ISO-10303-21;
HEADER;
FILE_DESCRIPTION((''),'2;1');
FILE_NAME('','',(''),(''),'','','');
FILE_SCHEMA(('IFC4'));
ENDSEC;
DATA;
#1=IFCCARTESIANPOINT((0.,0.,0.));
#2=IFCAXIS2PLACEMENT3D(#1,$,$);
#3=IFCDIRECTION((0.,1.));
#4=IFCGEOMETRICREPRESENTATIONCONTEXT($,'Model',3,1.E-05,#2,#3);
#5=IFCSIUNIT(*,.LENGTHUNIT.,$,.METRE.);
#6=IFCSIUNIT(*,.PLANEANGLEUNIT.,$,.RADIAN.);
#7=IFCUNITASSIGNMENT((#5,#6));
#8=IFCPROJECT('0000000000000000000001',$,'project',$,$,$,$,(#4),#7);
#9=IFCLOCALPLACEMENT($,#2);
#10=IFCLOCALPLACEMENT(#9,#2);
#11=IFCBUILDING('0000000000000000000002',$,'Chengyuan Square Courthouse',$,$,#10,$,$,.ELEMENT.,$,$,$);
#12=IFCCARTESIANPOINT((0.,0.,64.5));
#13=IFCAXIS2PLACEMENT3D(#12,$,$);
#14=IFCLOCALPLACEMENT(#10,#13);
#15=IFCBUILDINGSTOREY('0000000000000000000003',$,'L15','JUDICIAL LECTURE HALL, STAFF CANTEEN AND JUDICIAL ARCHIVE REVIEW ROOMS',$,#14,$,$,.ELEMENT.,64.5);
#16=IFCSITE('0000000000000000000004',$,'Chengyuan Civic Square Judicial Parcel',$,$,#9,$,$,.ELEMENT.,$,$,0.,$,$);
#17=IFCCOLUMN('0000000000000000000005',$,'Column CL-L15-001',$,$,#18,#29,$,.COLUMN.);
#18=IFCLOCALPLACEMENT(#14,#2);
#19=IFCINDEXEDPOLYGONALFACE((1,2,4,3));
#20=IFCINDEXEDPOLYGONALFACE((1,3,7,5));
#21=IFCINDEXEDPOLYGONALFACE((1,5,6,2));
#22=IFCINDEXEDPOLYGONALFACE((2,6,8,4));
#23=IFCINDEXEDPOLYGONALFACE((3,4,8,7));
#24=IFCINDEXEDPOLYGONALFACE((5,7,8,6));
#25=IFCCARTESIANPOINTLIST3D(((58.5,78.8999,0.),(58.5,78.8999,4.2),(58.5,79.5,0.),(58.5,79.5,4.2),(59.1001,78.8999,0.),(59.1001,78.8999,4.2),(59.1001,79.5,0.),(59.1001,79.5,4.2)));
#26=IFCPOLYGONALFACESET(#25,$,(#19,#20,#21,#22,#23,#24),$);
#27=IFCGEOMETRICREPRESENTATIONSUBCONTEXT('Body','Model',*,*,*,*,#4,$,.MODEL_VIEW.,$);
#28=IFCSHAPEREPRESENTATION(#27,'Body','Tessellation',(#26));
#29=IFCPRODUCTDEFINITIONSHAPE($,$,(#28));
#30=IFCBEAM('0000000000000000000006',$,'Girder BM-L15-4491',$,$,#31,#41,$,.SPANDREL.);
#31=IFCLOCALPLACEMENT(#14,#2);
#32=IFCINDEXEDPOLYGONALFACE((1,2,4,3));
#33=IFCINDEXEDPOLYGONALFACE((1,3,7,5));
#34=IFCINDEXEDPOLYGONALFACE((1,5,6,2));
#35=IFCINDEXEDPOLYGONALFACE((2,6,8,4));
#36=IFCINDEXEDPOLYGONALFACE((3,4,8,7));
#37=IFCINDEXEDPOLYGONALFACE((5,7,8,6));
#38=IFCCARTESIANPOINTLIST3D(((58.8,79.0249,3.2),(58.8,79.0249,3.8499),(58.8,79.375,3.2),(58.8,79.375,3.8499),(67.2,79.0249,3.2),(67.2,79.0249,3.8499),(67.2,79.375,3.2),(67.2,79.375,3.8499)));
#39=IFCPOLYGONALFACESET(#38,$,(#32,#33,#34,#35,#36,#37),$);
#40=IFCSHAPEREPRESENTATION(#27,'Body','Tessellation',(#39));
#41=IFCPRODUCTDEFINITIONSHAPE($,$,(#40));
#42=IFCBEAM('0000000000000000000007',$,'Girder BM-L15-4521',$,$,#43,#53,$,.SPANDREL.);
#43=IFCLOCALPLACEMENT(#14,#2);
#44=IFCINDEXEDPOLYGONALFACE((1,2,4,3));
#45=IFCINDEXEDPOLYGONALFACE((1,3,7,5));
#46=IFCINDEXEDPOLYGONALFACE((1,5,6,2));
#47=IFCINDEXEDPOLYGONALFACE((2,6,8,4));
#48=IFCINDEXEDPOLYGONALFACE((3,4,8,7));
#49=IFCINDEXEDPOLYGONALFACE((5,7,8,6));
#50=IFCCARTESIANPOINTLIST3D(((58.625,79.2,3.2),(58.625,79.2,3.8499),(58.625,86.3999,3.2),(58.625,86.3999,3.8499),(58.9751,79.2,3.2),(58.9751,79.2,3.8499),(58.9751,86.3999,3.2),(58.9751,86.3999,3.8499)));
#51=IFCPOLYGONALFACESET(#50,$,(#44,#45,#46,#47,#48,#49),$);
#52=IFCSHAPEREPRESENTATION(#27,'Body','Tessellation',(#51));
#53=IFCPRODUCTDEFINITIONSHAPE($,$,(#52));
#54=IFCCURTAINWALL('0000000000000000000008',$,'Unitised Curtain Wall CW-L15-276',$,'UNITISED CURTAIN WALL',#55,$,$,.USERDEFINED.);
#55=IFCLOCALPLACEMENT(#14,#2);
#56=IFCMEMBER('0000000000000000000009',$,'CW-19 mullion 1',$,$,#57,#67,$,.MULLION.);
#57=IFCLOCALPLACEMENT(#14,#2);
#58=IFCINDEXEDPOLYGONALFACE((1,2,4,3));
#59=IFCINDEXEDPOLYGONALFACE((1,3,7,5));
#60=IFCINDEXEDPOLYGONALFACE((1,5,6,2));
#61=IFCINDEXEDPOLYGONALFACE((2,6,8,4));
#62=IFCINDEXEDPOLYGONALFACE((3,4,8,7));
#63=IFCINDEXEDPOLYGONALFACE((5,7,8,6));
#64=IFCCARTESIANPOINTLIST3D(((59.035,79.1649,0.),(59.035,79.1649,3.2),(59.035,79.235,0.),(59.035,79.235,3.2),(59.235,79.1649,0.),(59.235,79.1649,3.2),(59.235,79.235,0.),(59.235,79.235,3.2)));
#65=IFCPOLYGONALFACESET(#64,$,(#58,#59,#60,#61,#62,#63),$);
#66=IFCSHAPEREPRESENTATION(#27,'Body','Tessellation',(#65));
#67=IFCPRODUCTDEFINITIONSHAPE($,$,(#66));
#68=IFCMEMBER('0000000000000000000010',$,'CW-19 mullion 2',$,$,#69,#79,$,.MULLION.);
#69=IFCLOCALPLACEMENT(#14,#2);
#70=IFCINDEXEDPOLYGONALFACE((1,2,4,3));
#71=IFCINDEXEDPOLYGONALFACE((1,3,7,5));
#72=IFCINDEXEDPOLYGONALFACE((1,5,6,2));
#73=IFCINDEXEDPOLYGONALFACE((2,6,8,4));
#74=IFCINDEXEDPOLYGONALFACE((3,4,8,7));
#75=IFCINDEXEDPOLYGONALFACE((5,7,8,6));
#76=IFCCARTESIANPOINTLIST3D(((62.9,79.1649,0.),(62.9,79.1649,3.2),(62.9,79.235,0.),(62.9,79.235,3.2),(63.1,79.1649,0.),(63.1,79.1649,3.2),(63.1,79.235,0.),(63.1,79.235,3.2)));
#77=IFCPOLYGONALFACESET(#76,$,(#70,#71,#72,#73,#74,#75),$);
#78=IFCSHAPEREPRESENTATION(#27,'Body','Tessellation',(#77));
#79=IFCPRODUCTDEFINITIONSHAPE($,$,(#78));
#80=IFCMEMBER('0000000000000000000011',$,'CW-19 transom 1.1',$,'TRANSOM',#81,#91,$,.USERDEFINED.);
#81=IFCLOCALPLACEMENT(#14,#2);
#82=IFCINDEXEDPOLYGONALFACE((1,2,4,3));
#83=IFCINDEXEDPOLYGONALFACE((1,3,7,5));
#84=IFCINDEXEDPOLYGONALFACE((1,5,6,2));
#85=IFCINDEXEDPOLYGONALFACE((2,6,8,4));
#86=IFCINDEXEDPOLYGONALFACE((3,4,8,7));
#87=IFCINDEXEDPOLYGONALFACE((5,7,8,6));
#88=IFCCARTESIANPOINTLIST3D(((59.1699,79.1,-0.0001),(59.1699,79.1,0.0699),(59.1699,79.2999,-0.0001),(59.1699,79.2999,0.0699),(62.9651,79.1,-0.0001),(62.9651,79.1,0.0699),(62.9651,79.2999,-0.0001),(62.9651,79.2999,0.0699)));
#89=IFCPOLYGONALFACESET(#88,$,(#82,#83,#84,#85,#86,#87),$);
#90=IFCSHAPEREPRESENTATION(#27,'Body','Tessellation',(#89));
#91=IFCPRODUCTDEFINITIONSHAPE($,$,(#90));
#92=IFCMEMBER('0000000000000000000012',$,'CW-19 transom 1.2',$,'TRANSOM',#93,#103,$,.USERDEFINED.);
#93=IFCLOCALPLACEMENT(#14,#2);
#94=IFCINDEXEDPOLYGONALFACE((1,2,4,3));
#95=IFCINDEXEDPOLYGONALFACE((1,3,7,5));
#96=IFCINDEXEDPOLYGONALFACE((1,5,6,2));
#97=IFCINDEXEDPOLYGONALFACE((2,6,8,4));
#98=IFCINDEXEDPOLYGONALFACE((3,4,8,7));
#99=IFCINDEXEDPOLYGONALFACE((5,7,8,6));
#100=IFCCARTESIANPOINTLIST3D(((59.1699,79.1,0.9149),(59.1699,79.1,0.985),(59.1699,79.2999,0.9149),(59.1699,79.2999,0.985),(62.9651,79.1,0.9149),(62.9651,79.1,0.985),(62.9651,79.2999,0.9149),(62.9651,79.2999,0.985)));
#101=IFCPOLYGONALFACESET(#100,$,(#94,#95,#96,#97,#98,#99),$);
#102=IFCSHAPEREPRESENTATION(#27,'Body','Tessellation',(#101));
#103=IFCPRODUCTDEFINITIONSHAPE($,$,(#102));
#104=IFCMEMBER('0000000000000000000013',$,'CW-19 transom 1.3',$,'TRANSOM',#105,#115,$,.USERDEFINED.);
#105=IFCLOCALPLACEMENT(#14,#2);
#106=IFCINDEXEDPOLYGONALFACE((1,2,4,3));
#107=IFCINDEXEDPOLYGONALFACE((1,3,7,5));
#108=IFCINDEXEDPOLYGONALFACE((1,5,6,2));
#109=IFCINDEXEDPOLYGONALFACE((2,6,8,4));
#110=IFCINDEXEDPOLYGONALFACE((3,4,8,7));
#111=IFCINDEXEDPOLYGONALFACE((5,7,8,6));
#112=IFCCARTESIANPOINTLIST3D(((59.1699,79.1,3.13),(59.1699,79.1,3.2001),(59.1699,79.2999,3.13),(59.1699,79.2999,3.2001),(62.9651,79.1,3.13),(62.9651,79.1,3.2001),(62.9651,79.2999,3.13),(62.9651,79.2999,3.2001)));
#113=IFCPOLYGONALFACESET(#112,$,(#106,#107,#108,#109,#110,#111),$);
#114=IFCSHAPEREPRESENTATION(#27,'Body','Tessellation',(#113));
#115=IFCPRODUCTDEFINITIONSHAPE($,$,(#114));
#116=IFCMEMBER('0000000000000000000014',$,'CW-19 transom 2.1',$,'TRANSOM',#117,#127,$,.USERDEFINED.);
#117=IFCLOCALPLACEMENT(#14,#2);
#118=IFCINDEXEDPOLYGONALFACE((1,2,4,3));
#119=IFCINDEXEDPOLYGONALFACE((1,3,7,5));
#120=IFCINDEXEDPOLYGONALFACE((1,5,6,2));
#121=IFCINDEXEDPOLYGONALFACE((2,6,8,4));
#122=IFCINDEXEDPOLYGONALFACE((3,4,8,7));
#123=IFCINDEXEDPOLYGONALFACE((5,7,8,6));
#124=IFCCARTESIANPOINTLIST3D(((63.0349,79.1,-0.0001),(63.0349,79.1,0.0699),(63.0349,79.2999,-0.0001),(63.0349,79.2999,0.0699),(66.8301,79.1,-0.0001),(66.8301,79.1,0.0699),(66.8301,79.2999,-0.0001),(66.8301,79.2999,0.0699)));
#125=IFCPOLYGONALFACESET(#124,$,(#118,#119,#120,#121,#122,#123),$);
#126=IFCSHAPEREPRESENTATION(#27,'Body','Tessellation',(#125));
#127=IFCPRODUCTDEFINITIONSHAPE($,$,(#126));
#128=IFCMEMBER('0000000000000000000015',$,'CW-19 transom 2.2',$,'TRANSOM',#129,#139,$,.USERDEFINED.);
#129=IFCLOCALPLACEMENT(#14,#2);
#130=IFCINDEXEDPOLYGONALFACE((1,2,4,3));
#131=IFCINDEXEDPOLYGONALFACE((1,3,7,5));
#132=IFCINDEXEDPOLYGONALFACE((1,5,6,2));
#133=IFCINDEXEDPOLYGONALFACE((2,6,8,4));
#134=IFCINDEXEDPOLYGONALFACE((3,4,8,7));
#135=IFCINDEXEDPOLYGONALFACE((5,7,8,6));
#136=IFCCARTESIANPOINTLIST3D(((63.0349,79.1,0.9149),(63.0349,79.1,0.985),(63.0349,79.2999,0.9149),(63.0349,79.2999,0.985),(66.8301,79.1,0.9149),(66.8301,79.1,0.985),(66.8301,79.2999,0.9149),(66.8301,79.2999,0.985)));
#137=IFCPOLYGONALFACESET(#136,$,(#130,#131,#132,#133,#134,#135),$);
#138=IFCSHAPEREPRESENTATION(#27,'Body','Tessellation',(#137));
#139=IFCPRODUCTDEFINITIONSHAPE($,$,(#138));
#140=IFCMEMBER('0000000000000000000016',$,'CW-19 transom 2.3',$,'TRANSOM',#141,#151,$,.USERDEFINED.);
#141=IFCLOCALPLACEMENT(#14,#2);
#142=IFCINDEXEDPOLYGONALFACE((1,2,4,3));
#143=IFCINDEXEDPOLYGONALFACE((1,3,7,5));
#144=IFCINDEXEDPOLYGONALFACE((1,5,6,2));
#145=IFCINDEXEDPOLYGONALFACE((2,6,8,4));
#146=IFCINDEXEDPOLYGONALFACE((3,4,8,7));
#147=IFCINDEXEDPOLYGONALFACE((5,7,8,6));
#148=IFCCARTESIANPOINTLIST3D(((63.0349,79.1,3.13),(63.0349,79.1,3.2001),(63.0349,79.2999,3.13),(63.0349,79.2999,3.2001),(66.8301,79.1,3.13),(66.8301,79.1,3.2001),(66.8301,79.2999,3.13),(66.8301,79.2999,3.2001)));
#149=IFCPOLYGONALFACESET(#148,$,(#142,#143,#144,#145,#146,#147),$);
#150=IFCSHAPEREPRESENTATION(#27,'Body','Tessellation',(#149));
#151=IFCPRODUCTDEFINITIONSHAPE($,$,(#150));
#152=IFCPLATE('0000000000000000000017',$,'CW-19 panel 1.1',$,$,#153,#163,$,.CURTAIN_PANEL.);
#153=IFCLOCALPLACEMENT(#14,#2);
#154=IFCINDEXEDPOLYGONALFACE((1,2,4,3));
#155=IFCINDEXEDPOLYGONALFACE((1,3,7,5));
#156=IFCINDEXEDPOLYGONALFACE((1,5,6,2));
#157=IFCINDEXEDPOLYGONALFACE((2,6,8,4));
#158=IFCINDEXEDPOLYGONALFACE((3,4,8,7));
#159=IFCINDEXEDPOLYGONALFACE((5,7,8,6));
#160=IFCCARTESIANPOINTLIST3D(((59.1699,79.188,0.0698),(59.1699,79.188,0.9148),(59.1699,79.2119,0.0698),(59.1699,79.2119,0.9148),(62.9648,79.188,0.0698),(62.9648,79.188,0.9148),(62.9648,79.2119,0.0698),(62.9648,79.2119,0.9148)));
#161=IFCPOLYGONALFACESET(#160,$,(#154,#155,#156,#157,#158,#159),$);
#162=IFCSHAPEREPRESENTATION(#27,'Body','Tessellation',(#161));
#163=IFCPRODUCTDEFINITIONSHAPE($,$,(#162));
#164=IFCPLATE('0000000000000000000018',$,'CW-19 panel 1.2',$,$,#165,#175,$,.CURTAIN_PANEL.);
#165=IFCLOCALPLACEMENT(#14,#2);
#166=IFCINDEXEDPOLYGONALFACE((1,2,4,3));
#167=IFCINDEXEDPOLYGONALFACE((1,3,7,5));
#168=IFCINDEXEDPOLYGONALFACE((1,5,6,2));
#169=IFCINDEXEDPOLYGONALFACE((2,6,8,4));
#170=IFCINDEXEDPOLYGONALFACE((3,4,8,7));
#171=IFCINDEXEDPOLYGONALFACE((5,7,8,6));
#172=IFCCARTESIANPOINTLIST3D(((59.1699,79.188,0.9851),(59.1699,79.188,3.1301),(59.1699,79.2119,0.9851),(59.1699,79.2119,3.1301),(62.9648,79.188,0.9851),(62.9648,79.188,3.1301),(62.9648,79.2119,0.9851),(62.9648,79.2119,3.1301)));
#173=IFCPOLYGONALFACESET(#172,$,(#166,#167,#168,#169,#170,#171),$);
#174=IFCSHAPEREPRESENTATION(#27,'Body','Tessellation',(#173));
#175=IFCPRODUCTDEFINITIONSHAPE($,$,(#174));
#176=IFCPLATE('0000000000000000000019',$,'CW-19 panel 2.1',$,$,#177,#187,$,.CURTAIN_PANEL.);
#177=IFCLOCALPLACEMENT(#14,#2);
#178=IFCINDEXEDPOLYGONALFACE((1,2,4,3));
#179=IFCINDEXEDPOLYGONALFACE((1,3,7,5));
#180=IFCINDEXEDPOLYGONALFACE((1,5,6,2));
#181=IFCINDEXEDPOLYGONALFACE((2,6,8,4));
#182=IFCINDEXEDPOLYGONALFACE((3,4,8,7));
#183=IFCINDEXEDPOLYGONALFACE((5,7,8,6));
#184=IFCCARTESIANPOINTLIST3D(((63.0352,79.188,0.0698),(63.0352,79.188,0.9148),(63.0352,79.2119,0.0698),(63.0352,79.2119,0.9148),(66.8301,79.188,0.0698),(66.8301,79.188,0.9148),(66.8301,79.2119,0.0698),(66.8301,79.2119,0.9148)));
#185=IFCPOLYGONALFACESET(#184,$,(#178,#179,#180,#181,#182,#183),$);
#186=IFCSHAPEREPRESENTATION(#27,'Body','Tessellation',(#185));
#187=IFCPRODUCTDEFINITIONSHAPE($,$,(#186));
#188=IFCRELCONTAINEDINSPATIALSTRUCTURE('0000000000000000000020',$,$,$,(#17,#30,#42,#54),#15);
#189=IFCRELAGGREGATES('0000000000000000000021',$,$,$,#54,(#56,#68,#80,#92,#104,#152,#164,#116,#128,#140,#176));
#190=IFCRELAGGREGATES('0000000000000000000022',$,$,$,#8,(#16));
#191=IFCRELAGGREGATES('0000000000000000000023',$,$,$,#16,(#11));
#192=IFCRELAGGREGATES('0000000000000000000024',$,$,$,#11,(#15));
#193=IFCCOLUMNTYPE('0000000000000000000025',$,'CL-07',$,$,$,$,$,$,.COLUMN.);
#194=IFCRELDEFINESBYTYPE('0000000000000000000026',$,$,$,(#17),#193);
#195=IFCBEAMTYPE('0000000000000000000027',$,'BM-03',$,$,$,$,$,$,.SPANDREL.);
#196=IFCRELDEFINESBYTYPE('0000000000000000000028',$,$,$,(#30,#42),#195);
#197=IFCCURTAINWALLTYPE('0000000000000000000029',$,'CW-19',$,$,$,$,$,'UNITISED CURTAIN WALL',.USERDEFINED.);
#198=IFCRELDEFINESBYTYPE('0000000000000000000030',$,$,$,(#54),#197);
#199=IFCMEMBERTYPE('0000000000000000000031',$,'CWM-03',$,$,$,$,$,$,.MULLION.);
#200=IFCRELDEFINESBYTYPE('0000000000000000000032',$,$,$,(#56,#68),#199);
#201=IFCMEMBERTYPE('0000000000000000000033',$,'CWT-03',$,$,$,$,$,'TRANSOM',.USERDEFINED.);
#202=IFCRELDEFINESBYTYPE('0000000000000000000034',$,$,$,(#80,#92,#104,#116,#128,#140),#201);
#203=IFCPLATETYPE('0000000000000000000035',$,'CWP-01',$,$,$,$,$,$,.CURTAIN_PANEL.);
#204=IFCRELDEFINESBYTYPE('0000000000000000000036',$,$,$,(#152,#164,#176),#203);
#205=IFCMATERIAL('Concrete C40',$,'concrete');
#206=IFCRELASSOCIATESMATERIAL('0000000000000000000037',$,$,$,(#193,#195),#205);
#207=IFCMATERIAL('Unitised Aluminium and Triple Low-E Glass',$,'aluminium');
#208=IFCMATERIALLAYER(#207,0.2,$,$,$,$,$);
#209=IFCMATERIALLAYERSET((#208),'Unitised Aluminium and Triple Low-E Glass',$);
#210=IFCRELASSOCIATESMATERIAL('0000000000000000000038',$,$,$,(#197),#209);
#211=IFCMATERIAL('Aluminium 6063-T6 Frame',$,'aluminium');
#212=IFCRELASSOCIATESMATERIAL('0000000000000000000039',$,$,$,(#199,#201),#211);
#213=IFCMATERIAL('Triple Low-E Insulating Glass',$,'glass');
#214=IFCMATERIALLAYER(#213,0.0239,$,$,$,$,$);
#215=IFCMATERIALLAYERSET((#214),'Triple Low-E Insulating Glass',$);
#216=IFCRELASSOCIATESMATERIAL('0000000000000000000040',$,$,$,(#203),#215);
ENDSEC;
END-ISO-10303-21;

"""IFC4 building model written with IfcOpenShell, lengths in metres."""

from ifc_helpers import new_model, si_unit, direction, frame, origin, origin_2d, place, context, subcontext, project, spatial, rectangle, extrude, material, layer, layer_set, material_profile, profile_set, type_object, element, aggregate, save


model = new_model("IFC4")

# Units and contexts
model_context = context("Model", 3, precision=1e-05, world=origin(), true_north=direction((0.0, 1.0)))
body_context = subcontext(model_context, "Body", "Model", "MODEL_VIEW")
ifc_project = project(units=[si_unit("LENGTHUNIT", "METRE"), si_unit("PLANEANGLEUNIT", "RADIAN")], contexts=[model_context])

# Site, building, storey
site_placement = place(None, origin())
site = spatial("IfcSite", under=ifc_project, at=site_placement, Name="Chengyuan Civic Square Judicial Parcel", CompositionType="ELEMENT", RefElevation=0.0)
building_placement = place(site_placement, origin())
building = spatial("IfcBuilding", under=site, at=building_placement, Name="Chengyuan Square Courthouse", CompositionType="ELEMENT")
storey_placement = place(building_placement, frame((0.0, 0.0, 64.5)))
storey = spatial("IfcBuildingStorey", under=building, at=storey_placement, Name="L15", Description="JUDICIAL LECTURE HALL, STAFF CANTEEN AND JUDICIAL ARCHIVE REVIEW ROOMS", CompositionType="ELEMENT", Elevation=64.5)

# Column
ifc_material_1 = material(Name="Concrete C40", Category="concrete")
ifc_material_profile_1 = material_profile(ifc_material_1, rectangle(XDim=0.6001, YDim=0.6001, at=origin_2d()), Name="RC-COL-600x600")
ifc_profile_set_1 = profile_set([ifc_material_profile_1], Name="Concrete C40")
column_type = type_object("IfcColumnType", Name="CL-07", PredefinedType="COLUMN", material=ifc_profile_set_1)
column_placement = place(storey_placement, frame((58.8, 79.2, 0.0), z_axis=(0.0, 0.0, 1.0), x_axis=(1.0, 0.0, 0.0)))
element("IfcColumn", 1, at=column_placement, inside=storey, type_object=column_type, Name="Column CL-L15-001", PredefinedType="COLUMN", context=body_context, shape_type="SweptSolid", body=[
    extrude(rectangle(XDim=0.6001, YDim=0.6001, at=origin_2d()), origin(), (0.0, 0.0, 1.0), 4.2),
])

# Beams
ifc_material_profile_2 = material_profile(ifc_material_1, rectangle(XDim=0.3501, YDim=0.6499, at=origin_2d()), Name="RC-BM-350x650")
ifc_profile_set_2 = profile_set([ifc_material_profile_2], Name="Concrete C40")
beam_type = type_object("IfcBeamType", Name="BM-03", PredefinedType="SPANDREL", material=ifc_profile_set_2)
beam_1_placement = place(storey_placement, frame((58.8, 79.2, 3.5249), z_axis=(1.0, 0.0, 0.0), x_axis=(0.0, 1.0, 0.0)))
element("IfcBeam", 2, at=beam_1_placement, inside=storey, type_object=beam_type, Name="Girder BM-L15-4491", PredefinedType="SPANDREL", context=body_context, shape_type="SweptSolid", body=[
    extrude(rectangle(XDim=0.3501, YDim=0.6499, at=origin_2d()), origin(), (0.0, 0.0, 1.0), 8.3999),
])
beam_2_placement = place(storey_placement, frame((58.8, 79.2, 3.5249), z_axis=(0.0, 1.0, 0.0), x_axis=(-1.0, 0.0, 0.0)))
element("IfcBeam", 3, at=beam_2_placement, inside=storey, type_object=beam_type, Name="Girder BM-L15-4521", PredefinedType="SPANDREL", context=body_context, shape_type="SweptSolid", body=[
    extrude(rectangle(XDim=0.3501, YDim=0.6499, at=origin_2d()), origin(), (0.0, 0.0, 1.0), 7.2),
])

# Curtain wall, members, plates
ifc_material_2 = material(Name="Unitised Aluminium and Triple Low-E Glass", Category="aluminium")
ifc_layer_1 = layer(ifc_material_2, 0.2)
ifc_layer_set_1 = layer_set([ifc_layer_1], Name="Unitised Aluminium and Triple Low-E Glass")
curtain_wall_type = type_object("IfcCurtainWallType", Name="CW-19", ElementType="UNITISED CURTAIN WALL", PredefinedType="USERDEFINED", material=ifc_layer_set_1)
curtain_wall_placement = place(storey_placement, origin())
curtain_wall = element("IfcCurtainWall", 4, at=curtain_wall_placement, inside=storey, type_object=curtain_wall_type, Name="Unitised Curtain Wall CW-L15-276", ObjectType="UNITISED CURTAIN WALL", PredefinedType="USERDEFINED")
ifc_material_3 = material(Name="Aluminium 6063-T6 Frame", Category="aluminium")
ifc_material_profile_3 = material_profile(ifc_material_3, rectangle(XDim=0.0701, YDim=0.2, at=origin_2d()), Name="CW-MUL-70x200")
ifc_profile_set_3 = profile_set([ifc_material_profile_3], Name="Aluminium 6063-T6 Frame")
member_type_1 = type_object("IfcMemberType", Name="CWM-03", PredefinedType="MULLION", material=ifc_profile_set_3)
member_1_placement = place(storey_placement, frame((59.135, 79.2, 0.0), z_axis=(0.0, 0.0, 1.0), x_axis=(0.0, 1.0, 0.0)))
member_1 = element("IfcMember", 5, at=member_1_placement, type_object=member_type_1, Name="CW-19 mullion 1", PredefinedType="MULLION", context=body_context, shape_type="SweptSolid", body=[
    extrude(rectangle(XDim=0.0701, YDim=0.2, at=origin_2d()), origin(), (0.0, 0.0, 1.0), 3.2),
])
member_2_placement = place(storey_placement, frame((63.0, 79.2, 0.0), z_axis=(0.0, 0.0, 1.0), x_axis=(0.0, 1.0, 0.0)))
member_2 = element("IfcMember", 6, at=member_2_placement, type_object=member_type_1, Name="CW-19 mullion 2", PredefinedType="MULLION", context=body_context, shape_type="SweptSolid", body=[
    extrude(rectangle(XDim=0.0701, YDim=0.2, at=origin_2d()), origin(), (0.0, 0.0, 1.0), 3.2),
])
ifc_material_profile_4 = material_profile(ifc_material_3, rectangle(XDim=0.2, YDim=0.0701, at=origin_2d()), Name="CW-TRN-70x160")
ifc_profile_set_4 = profile_set([ifc_material_profile_4], Name="Aluminium 6063-T6 Frame")
member_type_2 = type_object("IfcMemberType", Name="CWT-03", ElementType="TRANSOM", PredefinedType="USERDEFINED", material=ifc_profile_set_4)
member_3_placement = place(storey_placement, frame((59.1699, 79.2, 0.0349), z_axis=(1.0, 0.0, 0.0), x_axis=(0.0, 1.0, 0.0)))
member_3 = element("IfcMember", 7, at=member_3_placement, type_object=member_type_2, Name="CW-19 transom 1.1", ObjectType="TRANSOM", PredefinedType="USERDEFINED", context=body_context, shape_type="SweptSolid", body=[
    extrude(rectangle(XDim=0.2, YDim=0.0701, at=origin_2d()), origin(), (0.0, 0.0, 1.0), 3.7952),
])
member_4_placement = place(storey_placement, frame((59.1699, 79.2, 0.95), z_axis=(1.0, 0.0, 0.0), x_axis=(0.0, 1.0, 0.0)))
member_4 = element("IfcMember", 8, at=member_4_placement, type_object=member_type_2, Name="CW-19 transom 1.2", ObjectType="TRANSOM", PredefinedType="USERDEFINED", context=body_context, shape_type="SweptSolid", body=[
    extrude(rectangle(XDim=0.2, YDim=0.0701, at=origin_2d()), origin(), (0.0, 0.0, 1.0), 3.7952),
])
member_5_placement = place(storey_placement, frame((59.1699, 79.2, 3.165), z_axis=(1.0, 0.0, 0.0), x_axis=(0.0, 1.0, 0.0)))
member_5 = element("IfcMember", 9, at=member_5_placement, type_object=member_type_2, Name="CW-19 transom 1.3", ObjectType="TRANSOM", PredefinedType="USERDEFINED", context=body_context, shape_type="SweptSolid", body=[
    extrude(rectangle(XDim=0.2, YDim=0.0701, at=origin_2d()), origin(), (0.0, 0.0, 1.0), 3.7952),
])
member_6_placement = place(storey_placement, frame((63.0349, 79.2, 0.0349), z_axis=(1.0, 0.0, 0.0), x_axis=(0.0, 1.0, 0.0)))
member_6 = element("IfcMember", 10, at=member_6_placement, type_object=member_type_2, Name="CW-19 transom 2.1", ObjectType="TRANSOM", PredefinedType="USERDEFINED", context=body_context, shape_type="SweptSolid", body=[
    extrude(rectangle(XDim=0.2, YDim=0.0701, at=origin_2d()), origin(), (0.0, 0.0, 1.0), 3.7952),
])
member_7_placement = place(storey_placement, frame((63.0349, 79.2, 0.95), z_axis=(1.0, 0.0, 0.0), x_axis=(0.0, 1.0, 0.0)))
member_7 = element("IfcMember", 11, at=member_7_placement, type_object=member_type_2, Name="CW-19 transom 2.2", ObjectType="TRANSOM", PredefinedType="USERDEFINED", context=body_context, shape_type="SweptSolid", body=[
    extrude(rectangle(XDim=0.2, YDim=0.0701, at=origin_2d()), origin(), (0.0, 0.0, 1.0), 3.7952),
])
member_8_placement = place(storey_placement, frame((63.0349, 79.2, 3.165), z_axis=(1.0, 0.0, 0.0), x_axis=(0.0, 1.0, 0.0)))
member_8 = element("IfcMember", 12, at=member_8_placement, type_object=member_type_2, Name="CW-19 transom 2.3", ObjectType="TRANSOM", PredefinedType="USERDEFINED", context=body_context, shape_type="SweptSolid", body=[
    extrude(rectangle(XDim=0.2, YDim=0.0701, at=origin_2d()), origin(), (0.0, 0.0, 1.0), 3.7952),
])
ifc_material_4 = material(Name="Triple Low-E Insulating Glass", Category="glass")
ifc_layer_2 = layer(ifc_material_4, 0.0239)
ifc_layer_set_2 = layer_set([ifc_layer_2], Name="Triple Low-E Insulating Glass")
plate_type = type_object("IfcPlateType", Name="CWP-01", PredefinedType="CURTAIN_PANEL", material=ifc_layer_set_2)
plate_1_placement = place(storey_placement, frame((61.0674, 79.2, 0.0698), z_axis=(0.0, 0.0, 1.0), x_axis=(1.0, 0.0, 0.0)))
plate_1 = element("IfcPlate", 13, at=plate_1_placement, type_object=plate_type, Name="CW-19 panel 1.1", PredefinedType="CURTAIN_PANEL", context=body_context, shape_type="SweptSolid", body=[
    extrude(rectangle(XDim=3.7949, YDim=0.0239, at=origin_2d()), origin(), (0.0, 0.0, 1.0), 0.845),
])
plate_2_placement = place(storey_placement, frame((61.0674, 79.2, 0.9851), z_axis=(0.0, 0.0, 1.0), x_axis=(1.0, 0.0, 0.0)))
plate_2 = element("IfcPlate", 14, at=plate_2_placement, type_object=plate_type, Name="CW-19 panel 1.2", PredefinedType="CURTAIN_PANEL", context=body_context, shape_type="SweptSolid", body=[
    extrude(rectangle(XDim=3.7949, YDim=0.0239, at=origin_2d()), origin(), (0.0, 0.0, 1.0), 2.145),
])
plate_3_placement = place(storey_placement, frame((64.9326, 79.2, 0.0698), z_axis=(0.0, 0.0, 1.0), x_axis=(1.0, 0.0, 0.0)))
plate_3 = element("IfcPlate", 15, at=plate_3_placement, type_object=plate_type, Name="CW-19 panel 2.1", PredefinedType="CURTAIN_PANEL", context=body_context, shape_type="SweptSolid", body=[
    extrude(rectangle(XDim=3.7949, YDim=0.0239, at=origin_2d()), origin(), (0.0, 0.0, 1.0), 0.845),
])
aggregate(curtain_wall, [member_1, member_2, member_3, member_4, member_5, plate_1, plate_2, member_6, member_7, member_8, plate_3])

save(model, "model.ifc")
